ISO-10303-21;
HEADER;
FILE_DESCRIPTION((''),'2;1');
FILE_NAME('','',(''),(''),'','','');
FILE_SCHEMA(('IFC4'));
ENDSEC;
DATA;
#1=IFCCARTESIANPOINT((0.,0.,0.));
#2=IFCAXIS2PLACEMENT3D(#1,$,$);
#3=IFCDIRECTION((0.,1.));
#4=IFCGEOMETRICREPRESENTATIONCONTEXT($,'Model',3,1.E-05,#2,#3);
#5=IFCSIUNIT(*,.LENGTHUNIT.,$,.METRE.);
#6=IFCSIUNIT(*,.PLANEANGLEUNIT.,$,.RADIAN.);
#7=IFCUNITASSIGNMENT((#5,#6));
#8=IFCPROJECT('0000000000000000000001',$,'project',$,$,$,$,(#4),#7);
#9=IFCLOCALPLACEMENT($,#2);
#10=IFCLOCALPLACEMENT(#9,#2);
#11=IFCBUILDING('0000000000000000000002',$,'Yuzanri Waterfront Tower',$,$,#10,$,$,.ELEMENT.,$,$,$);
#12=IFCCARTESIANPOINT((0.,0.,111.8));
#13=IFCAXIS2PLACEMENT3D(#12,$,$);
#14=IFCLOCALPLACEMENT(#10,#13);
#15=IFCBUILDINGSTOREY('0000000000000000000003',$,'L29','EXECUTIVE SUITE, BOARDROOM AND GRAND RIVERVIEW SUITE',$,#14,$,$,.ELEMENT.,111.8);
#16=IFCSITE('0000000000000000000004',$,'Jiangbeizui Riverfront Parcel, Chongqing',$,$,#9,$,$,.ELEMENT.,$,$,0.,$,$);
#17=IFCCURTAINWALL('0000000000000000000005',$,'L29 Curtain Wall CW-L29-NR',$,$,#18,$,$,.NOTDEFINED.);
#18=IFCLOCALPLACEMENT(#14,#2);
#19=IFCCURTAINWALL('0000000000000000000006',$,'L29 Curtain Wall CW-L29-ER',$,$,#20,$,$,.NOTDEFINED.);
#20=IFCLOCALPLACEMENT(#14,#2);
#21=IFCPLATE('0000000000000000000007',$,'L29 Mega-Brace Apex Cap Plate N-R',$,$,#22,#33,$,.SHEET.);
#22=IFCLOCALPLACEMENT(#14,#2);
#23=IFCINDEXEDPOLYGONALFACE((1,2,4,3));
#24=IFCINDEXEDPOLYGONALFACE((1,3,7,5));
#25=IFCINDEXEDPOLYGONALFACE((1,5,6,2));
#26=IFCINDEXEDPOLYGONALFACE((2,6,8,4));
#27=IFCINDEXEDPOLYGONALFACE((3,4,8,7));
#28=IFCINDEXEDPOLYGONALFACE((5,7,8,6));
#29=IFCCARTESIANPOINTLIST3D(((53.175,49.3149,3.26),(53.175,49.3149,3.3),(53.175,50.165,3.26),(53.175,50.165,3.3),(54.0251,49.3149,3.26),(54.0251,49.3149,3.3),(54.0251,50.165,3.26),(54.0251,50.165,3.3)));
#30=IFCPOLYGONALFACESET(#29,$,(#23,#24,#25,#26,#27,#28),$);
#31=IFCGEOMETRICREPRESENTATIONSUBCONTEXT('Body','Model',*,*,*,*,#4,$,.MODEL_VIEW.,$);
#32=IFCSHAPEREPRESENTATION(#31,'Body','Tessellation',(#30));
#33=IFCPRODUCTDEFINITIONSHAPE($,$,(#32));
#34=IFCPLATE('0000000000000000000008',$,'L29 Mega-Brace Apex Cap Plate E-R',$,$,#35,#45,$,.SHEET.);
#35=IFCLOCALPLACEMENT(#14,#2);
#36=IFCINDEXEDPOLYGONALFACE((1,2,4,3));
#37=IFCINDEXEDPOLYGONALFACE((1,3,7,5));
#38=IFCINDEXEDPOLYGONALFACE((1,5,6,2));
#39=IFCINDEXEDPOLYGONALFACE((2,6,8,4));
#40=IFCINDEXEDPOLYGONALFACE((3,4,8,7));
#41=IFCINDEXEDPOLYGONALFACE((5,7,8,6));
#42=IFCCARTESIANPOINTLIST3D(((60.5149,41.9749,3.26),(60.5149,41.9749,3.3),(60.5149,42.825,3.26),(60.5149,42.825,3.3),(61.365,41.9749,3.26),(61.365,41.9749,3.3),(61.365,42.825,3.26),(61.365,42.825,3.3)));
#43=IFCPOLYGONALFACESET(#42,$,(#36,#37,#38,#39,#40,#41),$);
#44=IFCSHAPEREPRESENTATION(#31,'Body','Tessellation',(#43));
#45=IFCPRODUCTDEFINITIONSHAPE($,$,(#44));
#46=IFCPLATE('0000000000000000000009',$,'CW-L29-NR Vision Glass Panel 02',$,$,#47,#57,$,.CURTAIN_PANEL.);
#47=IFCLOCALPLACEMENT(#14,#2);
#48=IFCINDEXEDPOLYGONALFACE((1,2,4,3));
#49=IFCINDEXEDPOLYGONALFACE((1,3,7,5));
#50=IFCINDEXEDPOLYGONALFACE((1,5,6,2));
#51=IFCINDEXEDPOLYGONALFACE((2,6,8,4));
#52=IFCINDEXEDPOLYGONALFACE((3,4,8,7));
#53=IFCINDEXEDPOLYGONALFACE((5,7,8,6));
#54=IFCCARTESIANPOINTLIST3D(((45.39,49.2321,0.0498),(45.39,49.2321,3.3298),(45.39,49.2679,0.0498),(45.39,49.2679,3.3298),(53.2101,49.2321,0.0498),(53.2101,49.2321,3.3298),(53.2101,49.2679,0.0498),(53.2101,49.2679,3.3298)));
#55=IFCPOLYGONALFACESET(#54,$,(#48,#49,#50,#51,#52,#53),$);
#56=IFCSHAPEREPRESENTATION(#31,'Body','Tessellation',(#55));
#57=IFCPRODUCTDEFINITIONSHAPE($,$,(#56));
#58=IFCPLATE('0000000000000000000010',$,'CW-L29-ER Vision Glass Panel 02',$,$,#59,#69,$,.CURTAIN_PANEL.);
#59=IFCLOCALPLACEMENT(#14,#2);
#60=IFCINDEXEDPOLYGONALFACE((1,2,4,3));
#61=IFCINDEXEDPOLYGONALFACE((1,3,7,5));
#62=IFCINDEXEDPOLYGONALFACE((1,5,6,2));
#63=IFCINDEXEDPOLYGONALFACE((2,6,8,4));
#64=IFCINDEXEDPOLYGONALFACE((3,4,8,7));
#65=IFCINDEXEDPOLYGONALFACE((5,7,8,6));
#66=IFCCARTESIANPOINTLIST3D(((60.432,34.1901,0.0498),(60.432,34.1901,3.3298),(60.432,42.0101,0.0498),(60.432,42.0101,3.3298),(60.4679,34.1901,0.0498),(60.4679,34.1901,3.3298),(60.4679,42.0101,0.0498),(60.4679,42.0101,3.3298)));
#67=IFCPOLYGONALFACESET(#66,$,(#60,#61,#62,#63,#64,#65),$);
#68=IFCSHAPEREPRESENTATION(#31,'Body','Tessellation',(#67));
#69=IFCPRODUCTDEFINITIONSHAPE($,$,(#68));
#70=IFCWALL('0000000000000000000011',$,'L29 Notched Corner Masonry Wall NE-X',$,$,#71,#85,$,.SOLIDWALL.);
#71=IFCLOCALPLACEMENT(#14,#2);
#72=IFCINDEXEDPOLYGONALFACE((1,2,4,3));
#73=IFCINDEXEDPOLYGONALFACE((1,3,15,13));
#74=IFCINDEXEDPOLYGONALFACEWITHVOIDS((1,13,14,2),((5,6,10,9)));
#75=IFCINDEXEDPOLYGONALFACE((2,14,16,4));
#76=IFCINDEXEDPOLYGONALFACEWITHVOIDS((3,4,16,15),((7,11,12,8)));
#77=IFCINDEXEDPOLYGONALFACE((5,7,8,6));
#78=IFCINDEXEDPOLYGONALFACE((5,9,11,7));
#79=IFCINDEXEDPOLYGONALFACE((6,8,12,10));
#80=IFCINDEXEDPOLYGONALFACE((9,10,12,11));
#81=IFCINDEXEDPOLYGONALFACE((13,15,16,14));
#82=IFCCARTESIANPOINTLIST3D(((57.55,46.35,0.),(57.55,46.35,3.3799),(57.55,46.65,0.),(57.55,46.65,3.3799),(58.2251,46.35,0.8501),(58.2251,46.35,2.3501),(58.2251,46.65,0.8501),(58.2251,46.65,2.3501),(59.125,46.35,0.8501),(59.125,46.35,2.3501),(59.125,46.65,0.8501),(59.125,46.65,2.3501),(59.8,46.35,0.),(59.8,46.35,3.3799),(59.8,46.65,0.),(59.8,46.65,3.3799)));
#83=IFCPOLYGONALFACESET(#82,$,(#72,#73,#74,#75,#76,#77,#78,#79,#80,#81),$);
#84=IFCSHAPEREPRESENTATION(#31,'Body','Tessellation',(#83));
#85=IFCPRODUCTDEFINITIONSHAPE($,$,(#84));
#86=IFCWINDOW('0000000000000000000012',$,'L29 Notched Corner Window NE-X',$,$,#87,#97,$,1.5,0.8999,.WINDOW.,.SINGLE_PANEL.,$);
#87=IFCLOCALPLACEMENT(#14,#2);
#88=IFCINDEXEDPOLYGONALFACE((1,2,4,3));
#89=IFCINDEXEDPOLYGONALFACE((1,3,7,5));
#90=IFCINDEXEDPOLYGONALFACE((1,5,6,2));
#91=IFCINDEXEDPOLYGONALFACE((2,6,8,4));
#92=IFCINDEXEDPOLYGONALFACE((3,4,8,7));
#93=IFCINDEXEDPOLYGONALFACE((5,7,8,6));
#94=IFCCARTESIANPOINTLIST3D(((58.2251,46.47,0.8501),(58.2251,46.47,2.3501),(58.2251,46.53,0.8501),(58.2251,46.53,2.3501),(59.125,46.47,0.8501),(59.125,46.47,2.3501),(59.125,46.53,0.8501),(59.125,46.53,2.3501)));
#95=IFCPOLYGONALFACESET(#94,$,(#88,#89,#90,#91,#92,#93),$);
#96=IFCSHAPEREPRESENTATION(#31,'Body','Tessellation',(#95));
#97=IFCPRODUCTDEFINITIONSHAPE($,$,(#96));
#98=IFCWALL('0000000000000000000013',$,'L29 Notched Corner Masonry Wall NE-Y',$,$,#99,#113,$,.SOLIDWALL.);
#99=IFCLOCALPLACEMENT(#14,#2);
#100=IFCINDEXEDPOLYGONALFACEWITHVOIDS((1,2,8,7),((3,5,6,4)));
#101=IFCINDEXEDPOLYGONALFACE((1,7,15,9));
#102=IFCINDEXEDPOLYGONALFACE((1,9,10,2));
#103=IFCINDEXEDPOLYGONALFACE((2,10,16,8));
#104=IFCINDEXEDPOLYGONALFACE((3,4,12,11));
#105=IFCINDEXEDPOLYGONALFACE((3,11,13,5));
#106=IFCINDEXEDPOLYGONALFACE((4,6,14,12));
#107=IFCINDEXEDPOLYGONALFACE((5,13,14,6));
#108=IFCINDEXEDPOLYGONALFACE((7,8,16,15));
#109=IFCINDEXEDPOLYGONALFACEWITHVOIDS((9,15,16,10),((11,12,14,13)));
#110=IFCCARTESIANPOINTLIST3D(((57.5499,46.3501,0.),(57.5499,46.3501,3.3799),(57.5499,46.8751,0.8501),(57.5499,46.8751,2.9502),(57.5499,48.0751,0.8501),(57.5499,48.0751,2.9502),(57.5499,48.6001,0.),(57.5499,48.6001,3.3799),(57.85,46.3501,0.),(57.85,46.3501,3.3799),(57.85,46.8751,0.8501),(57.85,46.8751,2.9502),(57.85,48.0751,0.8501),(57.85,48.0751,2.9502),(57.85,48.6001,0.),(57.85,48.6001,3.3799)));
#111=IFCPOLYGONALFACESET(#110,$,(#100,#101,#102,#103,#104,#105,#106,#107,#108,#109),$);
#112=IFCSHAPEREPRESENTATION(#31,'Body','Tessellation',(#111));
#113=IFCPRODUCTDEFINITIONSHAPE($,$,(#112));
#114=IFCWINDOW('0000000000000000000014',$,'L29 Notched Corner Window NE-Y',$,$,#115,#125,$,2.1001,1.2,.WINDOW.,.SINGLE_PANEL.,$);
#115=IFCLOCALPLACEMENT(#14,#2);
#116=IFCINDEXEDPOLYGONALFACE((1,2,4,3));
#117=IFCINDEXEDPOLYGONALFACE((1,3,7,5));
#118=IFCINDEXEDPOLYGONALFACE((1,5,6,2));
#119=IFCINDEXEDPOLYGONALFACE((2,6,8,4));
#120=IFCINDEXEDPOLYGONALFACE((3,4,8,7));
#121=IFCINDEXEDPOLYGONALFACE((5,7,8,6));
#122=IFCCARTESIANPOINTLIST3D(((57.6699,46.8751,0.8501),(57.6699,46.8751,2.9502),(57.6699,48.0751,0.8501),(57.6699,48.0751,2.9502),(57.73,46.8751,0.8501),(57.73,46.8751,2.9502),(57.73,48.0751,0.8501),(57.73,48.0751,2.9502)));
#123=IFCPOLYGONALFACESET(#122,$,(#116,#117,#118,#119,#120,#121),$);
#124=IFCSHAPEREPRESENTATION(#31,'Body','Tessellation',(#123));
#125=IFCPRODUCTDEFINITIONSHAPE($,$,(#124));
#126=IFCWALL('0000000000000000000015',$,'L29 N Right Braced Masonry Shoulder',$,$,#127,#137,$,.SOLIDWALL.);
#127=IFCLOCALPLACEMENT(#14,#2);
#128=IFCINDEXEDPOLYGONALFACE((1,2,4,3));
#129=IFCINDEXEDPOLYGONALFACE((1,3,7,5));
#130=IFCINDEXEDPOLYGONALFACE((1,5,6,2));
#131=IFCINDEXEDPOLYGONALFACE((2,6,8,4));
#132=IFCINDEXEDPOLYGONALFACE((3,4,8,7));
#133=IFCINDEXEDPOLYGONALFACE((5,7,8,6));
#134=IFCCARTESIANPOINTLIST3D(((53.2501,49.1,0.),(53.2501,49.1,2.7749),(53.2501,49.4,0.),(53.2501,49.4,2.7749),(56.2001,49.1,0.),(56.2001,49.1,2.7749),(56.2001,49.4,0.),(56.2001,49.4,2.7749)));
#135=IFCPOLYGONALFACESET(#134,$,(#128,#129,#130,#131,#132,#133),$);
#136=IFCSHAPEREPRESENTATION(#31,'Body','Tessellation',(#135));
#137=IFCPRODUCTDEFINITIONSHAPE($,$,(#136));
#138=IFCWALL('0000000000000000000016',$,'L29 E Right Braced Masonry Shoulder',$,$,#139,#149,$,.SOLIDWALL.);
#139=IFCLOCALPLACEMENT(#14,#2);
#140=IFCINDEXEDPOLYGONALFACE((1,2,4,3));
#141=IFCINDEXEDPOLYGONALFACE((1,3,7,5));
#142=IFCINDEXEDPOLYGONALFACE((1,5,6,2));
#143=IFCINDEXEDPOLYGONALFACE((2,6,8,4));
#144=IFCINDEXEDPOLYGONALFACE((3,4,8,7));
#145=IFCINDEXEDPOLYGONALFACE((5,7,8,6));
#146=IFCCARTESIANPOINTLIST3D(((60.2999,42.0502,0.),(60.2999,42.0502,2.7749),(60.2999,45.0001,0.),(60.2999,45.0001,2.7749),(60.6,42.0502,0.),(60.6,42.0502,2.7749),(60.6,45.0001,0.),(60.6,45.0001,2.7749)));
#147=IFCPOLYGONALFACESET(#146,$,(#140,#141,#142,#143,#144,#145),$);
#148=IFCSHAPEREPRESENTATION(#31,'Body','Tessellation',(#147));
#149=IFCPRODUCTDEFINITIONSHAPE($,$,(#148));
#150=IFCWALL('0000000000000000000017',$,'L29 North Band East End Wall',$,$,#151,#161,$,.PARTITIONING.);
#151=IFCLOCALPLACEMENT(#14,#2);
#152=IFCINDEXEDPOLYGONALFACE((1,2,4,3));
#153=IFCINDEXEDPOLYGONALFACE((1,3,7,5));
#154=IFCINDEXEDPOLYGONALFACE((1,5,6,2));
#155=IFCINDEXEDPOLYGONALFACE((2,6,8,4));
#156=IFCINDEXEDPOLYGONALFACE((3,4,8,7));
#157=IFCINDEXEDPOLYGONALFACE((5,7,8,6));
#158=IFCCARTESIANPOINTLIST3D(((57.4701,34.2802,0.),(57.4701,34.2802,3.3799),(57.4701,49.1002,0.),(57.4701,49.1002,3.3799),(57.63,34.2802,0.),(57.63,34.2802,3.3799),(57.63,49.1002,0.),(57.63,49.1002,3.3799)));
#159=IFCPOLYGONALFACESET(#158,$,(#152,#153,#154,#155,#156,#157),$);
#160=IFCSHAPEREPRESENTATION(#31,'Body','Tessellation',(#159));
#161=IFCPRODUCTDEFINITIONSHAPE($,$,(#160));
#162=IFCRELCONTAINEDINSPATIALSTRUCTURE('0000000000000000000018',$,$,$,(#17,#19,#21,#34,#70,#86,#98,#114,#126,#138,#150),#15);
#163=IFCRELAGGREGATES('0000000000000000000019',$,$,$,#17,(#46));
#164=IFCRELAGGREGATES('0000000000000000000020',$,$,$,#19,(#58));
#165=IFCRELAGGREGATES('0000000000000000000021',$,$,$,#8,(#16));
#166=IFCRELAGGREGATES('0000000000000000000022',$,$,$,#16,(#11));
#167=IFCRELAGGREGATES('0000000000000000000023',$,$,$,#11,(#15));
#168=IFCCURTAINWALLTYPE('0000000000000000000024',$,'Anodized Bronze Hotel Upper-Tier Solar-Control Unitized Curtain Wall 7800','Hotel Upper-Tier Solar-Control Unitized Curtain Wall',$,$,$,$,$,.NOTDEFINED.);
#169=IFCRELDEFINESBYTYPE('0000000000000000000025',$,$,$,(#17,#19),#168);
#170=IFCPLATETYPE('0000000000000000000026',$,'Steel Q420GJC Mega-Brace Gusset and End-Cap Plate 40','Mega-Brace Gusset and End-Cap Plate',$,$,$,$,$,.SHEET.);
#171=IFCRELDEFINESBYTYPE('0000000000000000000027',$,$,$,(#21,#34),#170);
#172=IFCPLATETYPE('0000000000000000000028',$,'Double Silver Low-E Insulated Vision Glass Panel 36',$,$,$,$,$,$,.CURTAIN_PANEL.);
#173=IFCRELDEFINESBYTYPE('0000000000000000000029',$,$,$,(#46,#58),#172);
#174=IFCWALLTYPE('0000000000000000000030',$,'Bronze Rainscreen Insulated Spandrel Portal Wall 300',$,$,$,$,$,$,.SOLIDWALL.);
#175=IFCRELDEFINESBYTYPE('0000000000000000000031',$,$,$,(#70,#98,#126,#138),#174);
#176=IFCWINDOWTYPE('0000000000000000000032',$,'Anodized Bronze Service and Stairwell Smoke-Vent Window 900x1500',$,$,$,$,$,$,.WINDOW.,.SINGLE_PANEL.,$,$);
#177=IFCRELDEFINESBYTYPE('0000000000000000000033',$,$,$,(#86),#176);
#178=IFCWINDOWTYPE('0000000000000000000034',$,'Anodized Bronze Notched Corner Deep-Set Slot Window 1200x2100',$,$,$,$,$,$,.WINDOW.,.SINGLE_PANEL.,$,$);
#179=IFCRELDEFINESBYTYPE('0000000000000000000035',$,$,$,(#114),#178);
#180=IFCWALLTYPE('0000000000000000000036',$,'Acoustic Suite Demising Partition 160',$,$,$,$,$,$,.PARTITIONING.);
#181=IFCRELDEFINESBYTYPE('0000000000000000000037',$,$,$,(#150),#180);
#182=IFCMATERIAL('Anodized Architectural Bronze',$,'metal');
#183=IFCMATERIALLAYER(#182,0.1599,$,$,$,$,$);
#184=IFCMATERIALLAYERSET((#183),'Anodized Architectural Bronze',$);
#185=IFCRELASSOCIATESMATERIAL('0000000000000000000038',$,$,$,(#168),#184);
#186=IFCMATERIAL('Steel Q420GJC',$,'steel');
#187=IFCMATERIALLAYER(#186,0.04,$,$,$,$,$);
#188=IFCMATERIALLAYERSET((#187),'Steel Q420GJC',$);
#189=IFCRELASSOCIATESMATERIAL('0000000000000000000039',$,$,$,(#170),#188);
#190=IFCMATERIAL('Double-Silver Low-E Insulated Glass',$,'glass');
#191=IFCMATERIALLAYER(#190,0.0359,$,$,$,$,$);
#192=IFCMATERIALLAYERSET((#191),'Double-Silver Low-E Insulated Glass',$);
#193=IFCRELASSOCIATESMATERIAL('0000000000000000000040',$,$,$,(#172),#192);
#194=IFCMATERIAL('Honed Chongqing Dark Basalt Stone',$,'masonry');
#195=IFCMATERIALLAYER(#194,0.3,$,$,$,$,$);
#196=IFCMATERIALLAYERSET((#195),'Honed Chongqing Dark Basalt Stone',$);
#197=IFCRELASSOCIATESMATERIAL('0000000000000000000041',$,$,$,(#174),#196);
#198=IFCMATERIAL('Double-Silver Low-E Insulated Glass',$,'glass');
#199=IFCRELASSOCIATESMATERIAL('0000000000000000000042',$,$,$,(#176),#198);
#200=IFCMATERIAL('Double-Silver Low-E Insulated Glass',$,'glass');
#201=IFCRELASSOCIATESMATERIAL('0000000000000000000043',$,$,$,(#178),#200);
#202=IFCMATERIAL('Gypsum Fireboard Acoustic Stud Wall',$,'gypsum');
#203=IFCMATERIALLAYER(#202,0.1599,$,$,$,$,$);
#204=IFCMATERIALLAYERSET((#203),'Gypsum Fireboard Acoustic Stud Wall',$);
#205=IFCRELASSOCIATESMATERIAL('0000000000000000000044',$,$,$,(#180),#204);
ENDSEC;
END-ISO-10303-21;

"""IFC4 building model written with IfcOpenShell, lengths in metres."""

from ifc_helpers import new_model, si_unit, direction, frame, frame_2d, origin, origin_2d, place, context, subcontext, project, spatial, rectangle, extrude, source, transform, mapped, material, layer, layer_set, type_object, element, fill, aggregate, save


model = new_model("IFC4")

# Units and contexts
model_context = context("Model", 3, precision=1e-05, world=origin(), true_north=direction((0.0, 1.0)))
body_context = subcontext(model_context, "Body", "Model", "MODEL_VIEW")
ifc_project = project(units=[si_unit("LENGTHUNIT", "METRE"), si_unit("PLANEANGLEUNIT", "RADIAN")], contexts=[model_context])

# Site, building, storey
site_placement = place(None, origin())
site = spatial("IfcSite", under=ifc_project, at=site_placement, Name="Jiangbeizui Riverfront Parcel, Chongqing", CompositionType="ELEMENT", RefElevation=0.0)
building_placement = place(site_placement, origin())
building = spatial("IfcBuilding", under=site, at=building_placement, Name="Yuzanri Waterfront Tower", CompositionType="ELEMENT")
storey_placement = place(building_placement, frame((0.0, 0.0, 111.8)))
storey = spatial("IfcBuildingStorey", under=building, at=storey_placement, Name="L29", Description="EXECUTIVE SUITE, BOARDROOM AND GRAND RIVERVIEW SUITE", CompositionType="ELEMENT", Elevation=111.8)

# Curtain walls
ifc_material_1 = material(Name="Anodized Architectural Bronze", Category="metal")
ifc_layer_1 = layer(ifc_material_1, 0.1599)
ifc_layer_set_1 = layer_set([ifc_layer_1], Name="Anodized Architectural Bronze")
curtain_wall_type = type_object("IfcCurtainWallType", Name="Anodized Bronze Hotel Upper-Tier Solar-Control Unitized Curtain Wall 7800", Description="Hotel Upper-Tier Solar-Control Unitized Curtain Wall", PredefinedType="NOTDEFINED", material=ifc_layer_set_1)
curtain_wall_1_placement = place(storey_placement, origin())
curtain_wall_1 = element("IfcCurtainWall", 1, at=curtain_wall_1_placement, inside=storey, type_object=curtain_wall_type, Name="L29 Curtain Wall CW-L29-NR", PredefinedType="NOTDEFINED")
curtain_wall_2_placement = place(storey_placement, origin())
curtain_wall_2 = element("IfcCurtainWall", 2, at=curtain_wall_2_placement, inside=storey, type_object=curtain_wall_type, Name="L29 Curtain Wall CW-L29-ER", PredefinedType="NOTDEFINED")

# Plates
ifc_material_2 = material(Name="Steel Q420GJC", Category="steel")
ifc_layer_2 = layer(ifc_material_2, 0.04)
ifc_layer_set_2 = layer_set([ifc_layer_2], Name="Steel Q420GJC")
plate_type_1 = type_object("IfcPlateType", Name="Steel Q420GJC Mega-Brace Gusset and End-Cap Plate 40", Description="Mega-Brace Gusset and End-Cap Plate", PredefinedType="SHEET", material=ifc_layer_set_2)
shared_shape_1 = source(origin(), body_context, "Body", "SweptSolid", [
    extrude(rectangle(XDim=0.8501, YDim=0.8501, at=origin_2d()), origin(), (0.0, 0.0, 1.0), 0.04),
])
for number, where, z_axis, x_axis, name in (
    (3, (53.6001, 49.74, 3.26), (0.0, 0.0, 1.0), (1.0, 0.0, 0.0), "L29 Mega-Brace Apex Cap Plate N-R"),
    (4, (60.9399, 42.3999, 3.26), (0.0, 0.0, 1.0), (1.0, 0.0, 0.0), "L29 Mega-Brace Apex Cap Plate E-R"),
):
    element("IfcPlate", number, at=place(storey_placement, frame(where, z_axis=z_axis, x_axis=x_axis)), inside=storey, type_object=plate_type_1, Name=name, PredefinedType="SHEET", context=body_context, shape_type="MappedRepresentation", body=[
        mapped(shared_shape_1, transform((0.0, 0.0, 0.0), scale=1.0)),
    ])

# Plates
ifc_material_3 = material(Name="Double-Silver Low-E Insulated Glass", Category="glass")
ifc_layer_3 = layer(ifc_material_3, 0.0359)
ifc_layer_set_3 = layer_set([ifc_layer_3], Name="Double-Silver Low-E Insulated Glass")
plate_type_2 = type_object("IfcPlateType", Name="Double Silver Low-E Insulated Vision Glass Panel 36", PredefinedType="CURTAIN_PANEL", material=ifc_layer_set_3)
shared_shape_2 = source(origin(), body_context, "Body", "SweptSolid", [
    extrude(rectangle(XDim=7.8201, YDim=0.0359, at=origin_2d()), origin(), (0.0, 0.0, 1.0), 3.28),
])
plate_1_placement = place(storey_placement, frame((49.3, 49.25, 0.0498), z_axis=(0.0, 0.0, 1.0), x_axis=(1.0, 0.0, 0.0)))
plate_1 = element("IfcPlate", 5, at=plate_1_placement, type_object=plate_type_2, Name="CW-L29-NR Vision Glass Panel 02", PredefinedType="CURTAIN_PANEL", context=body_context, shape_type="MappedRepresentation", body=[
    mapped(shared_shape_2, transform((0.0, 0.0, 0.0), scale=1.0)),
])
aggregate(curtain_wall_1, [plate_1])
plate_2_placement = place(storey_placement, frame((60.45, 38.1001, 0.0498), z_axis=(0.0, 0.0, 1.0), x_axis=(0.0, 1.0, 0.0)))
plate_2 = element("IfcPlate", 6, at=plate_2_placement, type_object=plate_type_2, Name="CW-L29-ER Vision Glass Panel 02", PredefinedType="CURTAIN_PANEL", context=body_context, shape_type="MappedRepresentation", body=[
    mapped(shared_shape_2, transform((0.0, 0.0, 0.0), scale=1.0)),
])
aggregate(curtain_wall_2, [plate_2])

# Walls, openings, windows
ifc_material_4 = material(Name="Honed Chongqing Dark Basalt Stone", Category="masonry")
ifc_layer_4 = layer(ifc_material_4, 0.3)
ifc_layer_set_4 = layer_set([ifc_layer_4], Name="Honed Chongqing Dark Basalt Stone")
wall_type_1 = type_object("IfcWallType", Name="Bronze Rainscreen Insulated Spandrel Portal Wall 300", PredefinedType="SOLIDWALL", material=ifc_layer_set_4)
wall_1_placement = place(storey_placement, frame((59.8, 46.5, 0.0), z_axis=(0.0, 0.0, 1.0), x_axis=(-1.0, 0.0, 0.0)))
wall_1 = element("IfcWall", 7, at=wall_1_placement, inside=storey, type_object=wall_type_1, Name="L29 Notched Corner Masonry Wall NE-X", PredefinedType="SOLIDWALL", context=body_context, shape_type="SweptSolid", body=[
    extrude(rectangle(XDim=2.25, YDim=0.3, at=frame_2d((1.125, 0.0))), origin(), (0.0, 0.0, 1.0), 3.3799),
])
opening_1_placement = place(wall_1_placement, frame((0.675, 0.0, 0.8501)))
opening_1 = element("IfcOpeningElement", 8, at=opening_1_placement, cuts=wall_1, PredefinedType="OPENING", context=body_context, shape_type="SweptSolid", body=[
    extrude(rectangle(XDim=0.8999, YDim=1.5, at=frame_2d((0.45, 0.75))), frame((0.0, 0.165, 0.0), z_axis=(0.0, -1.0, 0.0), x_axis=(1.0, 0.0, 0.0)), (0.0, 0.0, 1.0), 0.3298),
])
ifc_material_5 = material(Name="Double-Silver Low-E Insulated Glass", Category="glass")
window_type_1 = type_object("IfcWindowType", Name="Anodized Bronze Service and Stairwell Smoke-Vent Window 900x1500", PartitioningType="SINGLE_PANEL", PredefinedType="WINDOW", material=ifc_material_5)
shared_shape_3 = source(origin(), body_context, "Body", "SweptSolid", [
    extrude(rectangle(XDim=0.8999, YDim=1.5, at=frame_2d((0.45, 0.75))), frame((0.0, 0.03, 0.0), z_axis=(0.0, -1.0, 0.0), x_axis=(1.0, 0.0, 0.0)), (0.0, 0.0, 1.0), 0.0601),
])
window_1_placement = place(opening_1_placement, origin())
window_1 = element("IfcWindow", 9, at=window_1_placement, inside=storey, type_object=window_type_1, Name="L29 Notched Corner Window NE-X", OverallHeight=1.5, OverallWidth=0.8999, PartitioningType="SINGLE_PANEL", PredefinedType="WINDOW", context=body_context, shape_type="MappedRepresentation", body=[
    mapped(shared_shape_3, transform((0.0, 0.0, 0.0), scale=1.0)),
])
fill(opening_1, window_1)
wall_2_placement = place(storey_placement, frame((57.7, 46.3501, 0.0), z_axis=(0.0, 0.0, 1.0), x_axis=(0.0, 1.0, 0.0)))
wall_2 = element("IfcWall", 10, at=wall_2_placement, inside=storey, type_object=wall_type_1, Name="L29 Notched Corner Masonry Wall NE-Y", PredefinedType="SOLIDWALL", context=body_context, shape_type="SweptSolid", body=[
    extrude(rectangle(XDim=2.25, YDim=0.3, at=frame_2d((1.125, 0.0))), origin(), (0.0, 0.0, 1.0), 3.3799),
])
opening_2_placement = place(wall_2_placement, frame((0.5249, 0.0, 0.8501)))
opening_2 = element("IfcOpeningElement", 11, at=opening_2_placement, cuts=wall_2, PredefinedType="OPENING", context=body_context, shape_type="SweptSolid", body=[
    extrude(rectangle(XDim=1.2, YDim=2.1001, at=frame_2d((0.6001, 1.05))), frame((0.0, 0.165, 0.0), z_axis=(0.0, -1.0, 0.0), x_axis=(1.0, 0.0, 0.0)), (0.0, 0.0, 1.0), 0.3298),
])
ifc_material_6 = material(Name="Double-Silver Low-E Insulated Glass", Category="glass")
window_type_2 = type_object("IfcWindowType", Name="Anodized Bronze Notched Corner Deep-Set Slot Window 1200x2100", PartitioningType="SINGLE_PANEL", PredefinedType="WINDOW", material=ifc_material_6)
shared_shape_4 = source(origin(), body_context, "Body", "SweptSolid", [
    extrude(rectangle(XDim=1.2, YDim=2.1001, at=frame_2d((0.6001, 1.05))), frame((0.0, 0.03, 0.0), z_axis=(0.0, -1.0, 0.0), x_axis=(1.0, 0.0, 0.0)), (0.0, 0.0, 1.0), 0.0601),
])
window_2_placement = place(opening_2_placement, origin())
window_2 = element("IfcWindow", 12, at=window_2_placement, inside=storey, type_object=window_type_2, Name="L29 Notched Corner Window NE-Y", OverallHeight=2.1001, OverallWidth=1.2, PartitioningType="SINGLE_PANEL", PredefinedType="WINDOW", context=body_context, shape_type="MappedRepresentation", body=[
    mapped(shared_shape_4, transform((0.0, 0.0, 0.0), scale=1.0)),
])
fill(opening_2, window_2)

# Walls
shared_shape_5 = source(origin(), body_context, "Body", "SweptSolid", [
    extrude(rectangle(XDim=2.95, YDim=0.3, at=frame_2d((1.4751, 0.0))), origin(), (0.0, 0.0, 1.0), 2.7749),
])
for number, where, z_axis, x_axis, name in (
    (13, (53.25, 49.25, 0.0), (0.0, 0.0, 1.0), (1.0, 0.0, 0.0), "L29 N Right Braced Masonry Shoulder"),
    (14, (60.45, 42.05, 0.0), (0.0, 0.0, 1.0), (0.0, 1.0, 0.0), "L29 E Right Braced Masonry Shoulder"),
):
    element("IfcWall", number, at=place(storey_placement, frame(where, z_axis=z_axis, x_axis=x_axis)), inside=storey, type_object=wall_type_1, Name=name, PredefinedType="SOLIDWALL", context=body_context, shape_type="MappedRepresentation", body=[
        mapped(shared_shape_5, transform((0.0, 0.0, 0.0), scale=1.0)),
    ])
ifc_material_7 = material(Name="Gypsum Fireboard Acoustic Stud Wall", Category="gypsum")
ifc_layer_5 = layer(ifc_material_7, 0.1599)
ifc_layer_set_5 = layer_set([ifc_layer_5], Name="Gypsum Fireboard Acoustic Stud Wall")
wall_type_2 = type_object("IfcWallType", Name="Acoustic Suite Demising Partition 160", PredefinedType="PARTITIONING", material=ifc_layer_set_5)
shared_shape_6 = source(origin(), body_context, "Body", "SweptSolid", [
    extrude(rectangle(XDim=14.8201, YDim=0.1599, at=frame_2d((7.4102, 0.0))), origin(), (0.0, 0.0, 1.0), 3.3799),
])
wall_3_placement = place(storey_placement, frame((57.55, 34.28, 0.0), z_axis=(0.0, 0.0, 1.0), x_axis=(0.0, 1.0, 0.0)))
element("IfcWall", 15, at=wall_3_placement, inside=storey, type_object=wall_type_2, Name="L29 North Band East End Wall", PredefinedType="PARTITIONING", context=body_context, shape_type="MappedRepresentation", body=[
    mapped(shared_shape_6, transform((0.0, 0.0, 0.0), scale=1.0)),
])

save(model, "model.ifc")
